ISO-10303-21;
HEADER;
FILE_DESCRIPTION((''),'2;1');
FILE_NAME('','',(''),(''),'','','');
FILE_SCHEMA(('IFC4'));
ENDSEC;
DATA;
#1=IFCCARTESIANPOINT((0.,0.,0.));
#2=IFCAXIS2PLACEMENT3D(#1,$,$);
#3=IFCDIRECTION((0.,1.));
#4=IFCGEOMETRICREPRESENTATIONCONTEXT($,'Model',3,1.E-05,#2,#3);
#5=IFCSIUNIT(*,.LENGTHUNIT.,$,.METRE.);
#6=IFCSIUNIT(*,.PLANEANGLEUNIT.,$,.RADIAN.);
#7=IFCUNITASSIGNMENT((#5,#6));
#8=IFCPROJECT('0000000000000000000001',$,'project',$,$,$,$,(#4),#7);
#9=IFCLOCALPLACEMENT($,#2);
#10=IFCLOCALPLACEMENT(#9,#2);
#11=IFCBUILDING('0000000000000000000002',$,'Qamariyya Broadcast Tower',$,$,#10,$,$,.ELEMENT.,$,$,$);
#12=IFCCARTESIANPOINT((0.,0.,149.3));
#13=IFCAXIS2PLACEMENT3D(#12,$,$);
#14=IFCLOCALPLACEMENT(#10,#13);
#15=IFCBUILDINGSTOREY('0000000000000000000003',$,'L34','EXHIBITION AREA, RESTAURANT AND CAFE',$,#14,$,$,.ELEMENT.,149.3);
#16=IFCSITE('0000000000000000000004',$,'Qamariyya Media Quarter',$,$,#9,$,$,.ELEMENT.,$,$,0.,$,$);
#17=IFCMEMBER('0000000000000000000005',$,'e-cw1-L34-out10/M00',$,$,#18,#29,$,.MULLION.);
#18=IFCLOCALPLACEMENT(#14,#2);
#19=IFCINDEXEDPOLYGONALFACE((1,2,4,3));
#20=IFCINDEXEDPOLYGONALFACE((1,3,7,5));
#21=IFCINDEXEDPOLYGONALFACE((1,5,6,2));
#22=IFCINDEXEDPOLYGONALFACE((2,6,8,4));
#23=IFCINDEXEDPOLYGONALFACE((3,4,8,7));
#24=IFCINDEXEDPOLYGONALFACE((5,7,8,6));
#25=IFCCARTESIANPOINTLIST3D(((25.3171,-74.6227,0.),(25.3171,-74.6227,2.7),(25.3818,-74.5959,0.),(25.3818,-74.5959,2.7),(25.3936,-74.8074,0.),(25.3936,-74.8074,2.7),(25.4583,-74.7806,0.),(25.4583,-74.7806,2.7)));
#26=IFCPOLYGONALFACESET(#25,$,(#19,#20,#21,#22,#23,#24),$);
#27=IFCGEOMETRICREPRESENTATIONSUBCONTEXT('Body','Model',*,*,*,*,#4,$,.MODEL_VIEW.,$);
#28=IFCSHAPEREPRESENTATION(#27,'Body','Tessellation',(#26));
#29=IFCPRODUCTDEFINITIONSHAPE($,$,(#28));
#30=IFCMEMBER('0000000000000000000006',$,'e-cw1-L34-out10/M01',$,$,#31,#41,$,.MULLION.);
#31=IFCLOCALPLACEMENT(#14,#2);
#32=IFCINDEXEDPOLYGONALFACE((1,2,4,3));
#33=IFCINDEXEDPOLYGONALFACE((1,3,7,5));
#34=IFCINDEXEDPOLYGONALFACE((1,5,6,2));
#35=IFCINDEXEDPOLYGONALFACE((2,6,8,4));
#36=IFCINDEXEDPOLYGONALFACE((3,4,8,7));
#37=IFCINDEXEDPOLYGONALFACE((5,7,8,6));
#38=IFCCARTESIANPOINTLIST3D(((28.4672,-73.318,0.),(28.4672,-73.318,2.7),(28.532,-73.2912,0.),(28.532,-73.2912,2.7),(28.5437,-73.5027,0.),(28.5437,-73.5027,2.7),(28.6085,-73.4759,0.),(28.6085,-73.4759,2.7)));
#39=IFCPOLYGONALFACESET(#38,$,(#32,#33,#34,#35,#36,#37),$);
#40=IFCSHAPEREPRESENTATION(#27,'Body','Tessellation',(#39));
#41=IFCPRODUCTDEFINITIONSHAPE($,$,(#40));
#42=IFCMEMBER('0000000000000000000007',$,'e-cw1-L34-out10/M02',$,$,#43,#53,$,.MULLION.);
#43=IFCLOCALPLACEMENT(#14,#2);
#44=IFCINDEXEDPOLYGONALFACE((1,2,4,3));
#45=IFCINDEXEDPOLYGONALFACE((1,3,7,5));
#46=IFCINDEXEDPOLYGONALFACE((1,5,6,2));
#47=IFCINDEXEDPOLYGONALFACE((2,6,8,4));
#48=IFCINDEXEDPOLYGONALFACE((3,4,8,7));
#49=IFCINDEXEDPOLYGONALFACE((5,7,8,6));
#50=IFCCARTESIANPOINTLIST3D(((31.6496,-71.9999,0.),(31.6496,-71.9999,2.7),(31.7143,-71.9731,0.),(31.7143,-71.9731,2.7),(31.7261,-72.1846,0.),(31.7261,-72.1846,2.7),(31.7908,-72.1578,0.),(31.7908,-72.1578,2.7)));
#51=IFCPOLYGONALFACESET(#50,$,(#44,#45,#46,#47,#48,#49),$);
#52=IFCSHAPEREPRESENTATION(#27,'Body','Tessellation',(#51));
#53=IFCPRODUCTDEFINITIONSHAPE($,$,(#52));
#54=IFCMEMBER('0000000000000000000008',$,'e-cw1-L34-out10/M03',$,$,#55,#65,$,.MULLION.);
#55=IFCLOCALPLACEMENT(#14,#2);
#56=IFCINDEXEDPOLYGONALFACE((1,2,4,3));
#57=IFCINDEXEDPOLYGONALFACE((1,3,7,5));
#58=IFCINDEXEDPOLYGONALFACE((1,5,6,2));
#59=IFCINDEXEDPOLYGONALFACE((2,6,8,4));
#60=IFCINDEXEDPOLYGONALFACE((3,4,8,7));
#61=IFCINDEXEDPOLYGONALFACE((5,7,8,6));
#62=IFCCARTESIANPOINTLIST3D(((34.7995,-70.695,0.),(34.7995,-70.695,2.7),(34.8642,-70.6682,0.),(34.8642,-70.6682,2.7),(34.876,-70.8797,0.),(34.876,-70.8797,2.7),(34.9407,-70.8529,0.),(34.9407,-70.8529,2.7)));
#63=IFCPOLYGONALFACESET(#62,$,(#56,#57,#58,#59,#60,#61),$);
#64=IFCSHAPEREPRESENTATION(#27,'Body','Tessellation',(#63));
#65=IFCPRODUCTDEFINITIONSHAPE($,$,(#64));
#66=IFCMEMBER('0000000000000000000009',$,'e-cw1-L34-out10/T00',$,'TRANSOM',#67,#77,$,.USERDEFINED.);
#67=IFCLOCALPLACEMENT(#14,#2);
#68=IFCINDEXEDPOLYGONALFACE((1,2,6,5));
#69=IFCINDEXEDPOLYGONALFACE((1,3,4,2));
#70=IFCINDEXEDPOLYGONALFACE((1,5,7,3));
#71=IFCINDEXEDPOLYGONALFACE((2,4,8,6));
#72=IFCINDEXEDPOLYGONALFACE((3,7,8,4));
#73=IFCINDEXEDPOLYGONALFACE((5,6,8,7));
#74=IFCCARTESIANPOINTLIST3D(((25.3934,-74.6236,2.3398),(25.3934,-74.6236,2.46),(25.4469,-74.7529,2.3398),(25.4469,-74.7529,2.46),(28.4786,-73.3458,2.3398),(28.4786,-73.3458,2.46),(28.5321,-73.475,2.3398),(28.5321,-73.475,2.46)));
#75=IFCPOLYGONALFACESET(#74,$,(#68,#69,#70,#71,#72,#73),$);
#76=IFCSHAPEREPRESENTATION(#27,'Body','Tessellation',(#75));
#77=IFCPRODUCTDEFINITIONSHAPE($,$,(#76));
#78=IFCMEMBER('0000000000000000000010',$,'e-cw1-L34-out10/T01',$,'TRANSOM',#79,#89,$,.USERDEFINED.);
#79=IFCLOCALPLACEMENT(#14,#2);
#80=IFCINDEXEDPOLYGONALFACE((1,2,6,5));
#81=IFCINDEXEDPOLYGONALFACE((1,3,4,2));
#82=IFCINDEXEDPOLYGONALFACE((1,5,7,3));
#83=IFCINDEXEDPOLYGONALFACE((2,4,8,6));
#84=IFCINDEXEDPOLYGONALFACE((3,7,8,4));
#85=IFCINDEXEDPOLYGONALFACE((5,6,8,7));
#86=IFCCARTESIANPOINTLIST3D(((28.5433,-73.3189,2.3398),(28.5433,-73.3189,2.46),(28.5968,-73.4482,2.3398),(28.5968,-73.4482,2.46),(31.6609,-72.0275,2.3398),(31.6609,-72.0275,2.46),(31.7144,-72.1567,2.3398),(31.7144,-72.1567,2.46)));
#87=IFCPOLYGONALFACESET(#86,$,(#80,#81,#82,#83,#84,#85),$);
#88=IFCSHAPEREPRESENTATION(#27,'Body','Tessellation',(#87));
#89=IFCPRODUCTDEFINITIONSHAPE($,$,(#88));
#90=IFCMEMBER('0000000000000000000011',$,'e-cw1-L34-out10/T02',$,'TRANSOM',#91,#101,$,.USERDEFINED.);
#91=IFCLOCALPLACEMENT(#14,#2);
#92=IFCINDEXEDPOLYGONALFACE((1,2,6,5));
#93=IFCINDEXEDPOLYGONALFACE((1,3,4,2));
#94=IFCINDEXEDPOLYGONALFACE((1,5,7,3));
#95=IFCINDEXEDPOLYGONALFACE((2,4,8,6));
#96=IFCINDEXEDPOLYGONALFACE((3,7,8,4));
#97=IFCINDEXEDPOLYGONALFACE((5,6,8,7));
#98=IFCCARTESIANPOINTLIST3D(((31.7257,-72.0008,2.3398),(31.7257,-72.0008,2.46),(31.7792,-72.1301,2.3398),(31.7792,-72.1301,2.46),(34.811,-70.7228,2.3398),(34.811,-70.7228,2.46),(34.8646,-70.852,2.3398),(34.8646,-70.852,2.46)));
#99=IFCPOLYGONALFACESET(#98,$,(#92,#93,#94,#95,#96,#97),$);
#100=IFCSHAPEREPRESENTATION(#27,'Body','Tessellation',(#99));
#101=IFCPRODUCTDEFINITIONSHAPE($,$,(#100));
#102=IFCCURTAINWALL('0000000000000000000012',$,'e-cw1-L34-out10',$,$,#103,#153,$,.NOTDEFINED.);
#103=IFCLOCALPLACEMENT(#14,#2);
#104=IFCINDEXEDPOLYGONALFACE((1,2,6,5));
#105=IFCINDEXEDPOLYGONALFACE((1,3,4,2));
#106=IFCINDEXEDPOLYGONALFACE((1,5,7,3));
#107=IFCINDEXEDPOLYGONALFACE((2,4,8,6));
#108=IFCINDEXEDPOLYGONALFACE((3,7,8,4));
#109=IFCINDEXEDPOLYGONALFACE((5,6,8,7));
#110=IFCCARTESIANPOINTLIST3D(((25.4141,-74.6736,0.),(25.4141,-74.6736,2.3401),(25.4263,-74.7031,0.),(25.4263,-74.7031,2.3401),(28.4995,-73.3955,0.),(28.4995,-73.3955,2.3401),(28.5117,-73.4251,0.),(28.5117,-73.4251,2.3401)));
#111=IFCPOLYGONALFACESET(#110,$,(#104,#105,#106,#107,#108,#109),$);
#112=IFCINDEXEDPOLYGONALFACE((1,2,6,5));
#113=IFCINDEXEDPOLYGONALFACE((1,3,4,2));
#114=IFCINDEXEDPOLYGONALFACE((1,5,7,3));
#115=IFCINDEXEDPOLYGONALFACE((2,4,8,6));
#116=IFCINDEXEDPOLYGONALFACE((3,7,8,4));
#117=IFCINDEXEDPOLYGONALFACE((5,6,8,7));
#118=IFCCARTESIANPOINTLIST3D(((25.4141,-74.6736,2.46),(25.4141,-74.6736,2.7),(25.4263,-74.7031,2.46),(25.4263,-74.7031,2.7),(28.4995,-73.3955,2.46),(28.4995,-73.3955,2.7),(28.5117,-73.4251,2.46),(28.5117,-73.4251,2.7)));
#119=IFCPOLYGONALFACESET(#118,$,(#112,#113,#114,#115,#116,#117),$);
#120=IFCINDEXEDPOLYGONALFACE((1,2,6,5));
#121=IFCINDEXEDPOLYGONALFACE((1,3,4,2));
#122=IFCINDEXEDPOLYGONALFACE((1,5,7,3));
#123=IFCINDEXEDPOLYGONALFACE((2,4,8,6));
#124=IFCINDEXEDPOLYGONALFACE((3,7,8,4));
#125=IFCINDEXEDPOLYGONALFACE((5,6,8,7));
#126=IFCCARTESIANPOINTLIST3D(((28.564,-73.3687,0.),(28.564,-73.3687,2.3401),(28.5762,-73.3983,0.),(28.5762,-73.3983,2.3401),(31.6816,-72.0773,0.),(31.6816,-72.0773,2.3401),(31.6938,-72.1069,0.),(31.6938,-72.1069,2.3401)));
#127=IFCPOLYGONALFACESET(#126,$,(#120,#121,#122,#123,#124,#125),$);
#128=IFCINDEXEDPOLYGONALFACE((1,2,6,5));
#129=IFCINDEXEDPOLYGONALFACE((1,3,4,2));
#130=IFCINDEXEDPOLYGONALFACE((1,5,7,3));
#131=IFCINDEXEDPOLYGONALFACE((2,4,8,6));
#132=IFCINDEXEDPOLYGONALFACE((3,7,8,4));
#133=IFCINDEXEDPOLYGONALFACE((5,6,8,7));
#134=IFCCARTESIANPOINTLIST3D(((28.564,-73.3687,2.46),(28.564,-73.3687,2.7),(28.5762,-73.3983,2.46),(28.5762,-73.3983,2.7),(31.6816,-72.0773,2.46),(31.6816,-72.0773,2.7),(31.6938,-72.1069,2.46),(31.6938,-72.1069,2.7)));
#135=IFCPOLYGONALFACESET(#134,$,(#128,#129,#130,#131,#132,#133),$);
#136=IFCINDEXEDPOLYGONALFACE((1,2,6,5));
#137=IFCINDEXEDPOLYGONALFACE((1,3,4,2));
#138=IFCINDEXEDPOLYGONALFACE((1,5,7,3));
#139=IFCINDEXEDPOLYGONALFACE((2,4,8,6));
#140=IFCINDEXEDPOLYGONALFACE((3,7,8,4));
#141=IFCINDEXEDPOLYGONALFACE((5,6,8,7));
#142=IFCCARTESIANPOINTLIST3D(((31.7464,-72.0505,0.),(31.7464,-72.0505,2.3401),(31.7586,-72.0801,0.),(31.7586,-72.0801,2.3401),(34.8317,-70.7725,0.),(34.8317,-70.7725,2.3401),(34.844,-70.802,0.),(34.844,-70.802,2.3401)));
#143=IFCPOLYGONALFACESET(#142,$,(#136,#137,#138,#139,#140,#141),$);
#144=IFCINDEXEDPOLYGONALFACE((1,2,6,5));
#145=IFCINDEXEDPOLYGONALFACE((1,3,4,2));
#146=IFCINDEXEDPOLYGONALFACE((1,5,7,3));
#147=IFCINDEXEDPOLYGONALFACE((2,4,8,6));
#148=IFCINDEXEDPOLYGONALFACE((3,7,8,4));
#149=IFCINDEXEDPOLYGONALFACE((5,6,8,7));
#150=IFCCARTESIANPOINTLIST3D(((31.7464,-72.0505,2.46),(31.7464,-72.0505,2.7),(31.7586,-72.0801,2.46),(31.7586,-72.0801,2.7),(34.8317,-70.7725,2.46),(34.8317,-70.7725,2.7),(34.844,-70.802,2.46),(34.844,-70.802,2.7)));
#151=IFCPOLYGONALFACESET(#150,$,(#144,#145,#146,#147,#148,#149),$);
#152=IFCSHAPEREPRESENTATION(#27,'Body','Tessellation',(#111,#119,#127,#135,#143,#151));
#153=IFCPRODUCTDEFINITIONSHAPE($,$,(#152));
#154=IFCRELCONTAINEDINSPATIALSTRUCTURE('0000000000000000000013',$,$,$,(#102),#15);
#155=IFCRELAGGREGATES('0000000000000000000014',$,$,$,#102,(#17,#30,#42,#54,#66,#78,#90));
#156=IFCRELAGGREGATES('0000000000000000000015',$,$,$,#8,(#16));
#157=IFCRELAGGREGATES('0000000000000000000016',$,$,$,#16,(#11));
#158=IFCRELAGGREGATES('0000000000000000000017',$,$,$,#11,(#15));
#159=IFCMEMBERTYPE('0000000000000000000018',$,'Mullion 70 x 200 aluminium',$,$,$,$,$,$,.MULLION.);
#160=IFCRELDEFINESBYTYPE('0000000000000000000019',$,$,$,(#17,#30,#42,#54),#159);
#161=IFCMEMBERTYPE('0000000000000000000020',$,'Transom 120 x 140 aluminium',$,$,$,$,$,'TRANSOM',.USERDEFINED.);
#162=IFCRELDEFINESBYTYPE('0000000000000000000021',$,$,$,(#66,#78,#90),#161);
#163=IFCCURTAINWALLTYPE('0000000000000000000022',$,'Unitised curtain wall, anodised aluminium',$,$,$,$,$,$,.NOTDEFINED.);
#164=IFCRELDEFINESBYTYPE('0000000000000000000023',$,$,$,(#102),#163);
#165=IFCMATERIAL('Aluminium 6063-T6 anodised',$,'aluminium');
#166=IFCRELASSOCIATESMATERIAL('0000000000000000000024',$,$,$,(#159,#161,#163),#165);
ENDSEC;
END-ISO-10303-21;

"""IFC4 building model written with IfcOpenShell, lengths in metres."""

from ifc_helpers import new_model, si_unit, direction, frame, origin, origin_2d, place, context, subcontext, project, spatial, rectangle, extrude, material, material_profile, profile_set, type_object, element, aggregate, save


model = new_model("IFC4")

# Units and contexts
model_context = context("Model", 3, precision=1e-05, world=origin(), true_north=direction((0.0, 1.0)))
body_context = subcontext(model_context, "Body", "Model", "MODEL_VIEW")
ifc_project = project(units=[si_unit("LENGTHUNIT", "METRE"), si_unit("PLANEANGLEUNIT", "RADIAN")], contexts=[model_context])

# Members
ifc_material = material(Name="Aluminium 6063-T6 anodised", Category="aluminium")
ifc_material_profile_1 = material_profile(ifc_material, rectangle(XDim=0.2, YDim=0.0701, at=origin_2d()))
ifc_profile_set_1 = profile_set([ifc_material_profile_1], Name="Aluminium 6063-T6 anodised")
member_type_1 = type_object("IfcMemberType", Name="Mullion 70 x 200 aluminium", PredefinedType="MULLION", material=ifc_profile_set_1)
site_placement = place(None, origin())
building_placement = place(site_placement, origin())
storey_placement = place(building_placement, frame((0.0, 0.0, 149.3)))
member_1_placement = place(storey_placement, frame((25.3877, -74.7017, 0.0), z_axis=(0.0, 0.0, 1.0), x_axis=(-0.382683, 0.92388, 0.0)))
member_1 = element("IfcMember", 1, at=member_1_placement, type_object=member_type_1, Name="e-cw1-L34-out10/M00", PredefinedType="MULLION", context=body_context, shape_type="SweptSolid", body=[
    extrude(rectangle(XDim=0.2, YDim=0.0701, at=origin_2d()), origin(), (0.0, 0.0, 1.0), 2.7),
])
member_2_placement = place(storey_placement, frame((28.5378, -73.397, 0.0), z_axis=(0.0, 0.0, 1.0), x_axis=(-0.382683, 0.92388, 0.0)))
member_2 = element("IfcMember", 2, at=member_2_placement, type_object=member_type_1, Name="e-cw1-L34-out10/M01", PredefinedType="MULLION", context=body_context, shape_type="SweptSolid", body=[
    extrude(rectangle(XDim=0.2, YDim=0.0701, at=origin_2d()), origin(), (0.0, 0.0, 1.0), 2.7),
])
member_3_placement = place(storey_placement, frame((31.7202, -72.0789, 0.0), z_axis=(0.0, 0.0, 1.0), x_axis=(-0.382683, 0.92388, 0.0)))
member_3 = element("IfcMember", 3, at=member_3_placement, type_object=member_type_1, Name="e-cw1-L34-out10/M02", PredefinedType="MULLION", context=body_context, shape_type="SweptSolid", body=[
    extrude(rectangle(XDim=0.2, YDim=0.0701, at=origin_2d()), origin(), (0.0, 0.0, 1.0), 2.7),
])
member_4_placement = place(storey_placement, frame((34.8701, -70.7739, 0.0), z_axis=(0.0, 0.0, 1.0), x_axis=(-0.382683, 0.92388, 0.0)))
member_4 = element("IfcMember", 4, at=member_4_placement, type_object=member_type_1, Name="e-cw1-L34-out10/M03", PredefinedType="MULLION", context=body_context, shape_type="SweptSolid", body=[
    extrude(rectangle(XDim=0.2, YDim=0.0701, at=origin_2d()), origin(), (0.0, 0.0, 1.0), 2.7),
])
ifc_material_profile_2 = material_profile(ifc_material, rectangle(XDim=0.1399, YDim=0.1201, at=origin_2d()))
ifc_profile_set_2 = profile_set([ifc_material_profile_2], Name="Aluminium 6063-T6 anodised")
member_type_2 = type_object("IfcMemberType", Name="Transom 120 x 140 aluminium", ElementType="TRANSOM", PredefinedType="USERDEFINED", material=ifc_profile_set_2)
member_5_placement = place(storey_placement, frame((25.4202, -74.6882, 2.3999), z_axis=(0.92389, 0.382657, 0.0), x_axis=(-0.382657, 0.92389, 0.0)))
member_5 = element("IfcMember", 5, at=member_5_placement, type_object=member_type_2, Name="e-cw1-L34-out10/T00", ObjectType="TRANSOM", PredefinedType="USERDEFINED", context=body_context, shape_type="SweptSolid", body=[
    extrude(rectangle(XDim=0.1399, YDim=0.1201, at=origin_2d()), origin(), (0.0, 0.0, 1.0), 3.3394),
])
member_6_placement = place(storey_placement, frame((28.5701, -73.3835, 2.3999), z_axis=(0.923867, 0.382714, 0.0), x_axis=(-0.382714, 0.923867, 0.0)))
member_6 = element("IfcMember", 6, at=member_6_placement, type_object=member_type_2, Name="e-cw1-L34-out10/T01", ObjectType="TRANSOM", PredefinedType="USERDEFINED", context=body_context, shape_type="SweptSolid", body=[
    extrude(rectangle(XDim=0.1399, YDim=0.1201, at=origin_2d()), origin(), (0.0, 0.0, 1.0), 3.3745),
])
member_7_placement = place(storey_placement, frame((31.7524, -72.0654, 2.3999), z_axis=(0.923875, 0.382694, 0.0), x_axis=(-0.382694, 0.923875, 0.0)))
member_7 = element("IfcMember", 7, at=member_7_placement, type_object=member_type_2, Name="e-cw1-L34-out10/T02", ObjectType="TRANSOM", PredefinedType="USERDEFINED", context=body_context, shape_type="SweptSolid", body=[
    extrude(rectangle(XDim=0.1399, YDim=0.1201, at=origin_2d()), origin(), (0.0, 0.0, 1.0), 3.3396),
])

# Site, building, storey
site = spatial("IfcSite", under=ifc_project, at=site_placement, Name="Qamariyya Media Quarter", CompositionType="ELEMENT", RefElevation=0.0)
building = spatial("IfcBuilding", under=site, at=building_placement, Name="Qamariyya Broadcast Tower", CompositionType="ELEMENT")
storey = spatial("IfcBuildingStorey", under=building, at=storey_placement, Name="L34", Description="EXHIBITION AREA, RESTAURANT AND CAFE", CompositionType="ELEMENT", Elevation=149.3)

# Curtain wall
curtain_wall_type = type_object("IfcCurtainWallType", Name="Unitised curtain wall, anodised aluminium", PredefinedType="NOTDEFINED", material=ifc_material)
curtain_wall_1_placement = place(storey_placement, origin())
curtain_wall_1 = element("IfcCurtainWall", 8, at=curtain_wall_1_placement, inside=storey, type_object=curtain_wall_type, Name="e-cw1-L34-out10", PredefinedType="NOTDEFINED", context=body_context, shape_type="SweptSolid", body=[
    extrude(rectangle(XDim=3.3396, YDim=0.032, at=origin_2d()), frame((26.9629, -74.0493, 0.0), x_axis=(0.923878, 0.382687, 0.0)), (0.0, 0.0, 1.0), 2.3401),
    extrude(rectangle(XDim=3.3396, YDim=0.032, at=origin_2d()), frame((26.9629, -74.0493, 2.46), x_axis=(0.923878, 0.382687, 0.0)), (0.0, 0.0, 1.0), 0.24),
    extrude(rectangle(XDim=3.3745, YDim=0.032, at=origin_2d()), frame((30.1289, -72.7378, 0.0), x_axis=(0.923878, 0.382687, 0.0)), (0.0, 0.0, 1.0), 2.3401),
    extrude(rectangle(XDim=3.3745, YDim=0.032, at=origin_2d()), frame((30.1289, -72.7378, 2.46), x_axis=(0.923878, 0.382687, 0.0)), (0.0, 0.0, 1.0), 0.24),
    extrude(rectangle(XDim=3.3396, YDim=0.032, at=origin_2d()), frame((33.2952, -71.4263, 0.0), x_axis=(0.923878, 0.382687, 0.0)), (0.0, 0.0, 1.0), 2.3401),
    extrude(rectangle(XDim=3.3396, YDim=0.032, at=origin_2d()), frame((33.2952, -71.4263, 2.46), x_axis=(0.923878, 0.382687, 0.0)), (0.0, 0.0, 1.0), 0.24),
])
aggregate(curtain_wall_1, [member_1, member_2, member_3, member_4, member_5, member_6, member_7])

save(model, "model.ifc")
